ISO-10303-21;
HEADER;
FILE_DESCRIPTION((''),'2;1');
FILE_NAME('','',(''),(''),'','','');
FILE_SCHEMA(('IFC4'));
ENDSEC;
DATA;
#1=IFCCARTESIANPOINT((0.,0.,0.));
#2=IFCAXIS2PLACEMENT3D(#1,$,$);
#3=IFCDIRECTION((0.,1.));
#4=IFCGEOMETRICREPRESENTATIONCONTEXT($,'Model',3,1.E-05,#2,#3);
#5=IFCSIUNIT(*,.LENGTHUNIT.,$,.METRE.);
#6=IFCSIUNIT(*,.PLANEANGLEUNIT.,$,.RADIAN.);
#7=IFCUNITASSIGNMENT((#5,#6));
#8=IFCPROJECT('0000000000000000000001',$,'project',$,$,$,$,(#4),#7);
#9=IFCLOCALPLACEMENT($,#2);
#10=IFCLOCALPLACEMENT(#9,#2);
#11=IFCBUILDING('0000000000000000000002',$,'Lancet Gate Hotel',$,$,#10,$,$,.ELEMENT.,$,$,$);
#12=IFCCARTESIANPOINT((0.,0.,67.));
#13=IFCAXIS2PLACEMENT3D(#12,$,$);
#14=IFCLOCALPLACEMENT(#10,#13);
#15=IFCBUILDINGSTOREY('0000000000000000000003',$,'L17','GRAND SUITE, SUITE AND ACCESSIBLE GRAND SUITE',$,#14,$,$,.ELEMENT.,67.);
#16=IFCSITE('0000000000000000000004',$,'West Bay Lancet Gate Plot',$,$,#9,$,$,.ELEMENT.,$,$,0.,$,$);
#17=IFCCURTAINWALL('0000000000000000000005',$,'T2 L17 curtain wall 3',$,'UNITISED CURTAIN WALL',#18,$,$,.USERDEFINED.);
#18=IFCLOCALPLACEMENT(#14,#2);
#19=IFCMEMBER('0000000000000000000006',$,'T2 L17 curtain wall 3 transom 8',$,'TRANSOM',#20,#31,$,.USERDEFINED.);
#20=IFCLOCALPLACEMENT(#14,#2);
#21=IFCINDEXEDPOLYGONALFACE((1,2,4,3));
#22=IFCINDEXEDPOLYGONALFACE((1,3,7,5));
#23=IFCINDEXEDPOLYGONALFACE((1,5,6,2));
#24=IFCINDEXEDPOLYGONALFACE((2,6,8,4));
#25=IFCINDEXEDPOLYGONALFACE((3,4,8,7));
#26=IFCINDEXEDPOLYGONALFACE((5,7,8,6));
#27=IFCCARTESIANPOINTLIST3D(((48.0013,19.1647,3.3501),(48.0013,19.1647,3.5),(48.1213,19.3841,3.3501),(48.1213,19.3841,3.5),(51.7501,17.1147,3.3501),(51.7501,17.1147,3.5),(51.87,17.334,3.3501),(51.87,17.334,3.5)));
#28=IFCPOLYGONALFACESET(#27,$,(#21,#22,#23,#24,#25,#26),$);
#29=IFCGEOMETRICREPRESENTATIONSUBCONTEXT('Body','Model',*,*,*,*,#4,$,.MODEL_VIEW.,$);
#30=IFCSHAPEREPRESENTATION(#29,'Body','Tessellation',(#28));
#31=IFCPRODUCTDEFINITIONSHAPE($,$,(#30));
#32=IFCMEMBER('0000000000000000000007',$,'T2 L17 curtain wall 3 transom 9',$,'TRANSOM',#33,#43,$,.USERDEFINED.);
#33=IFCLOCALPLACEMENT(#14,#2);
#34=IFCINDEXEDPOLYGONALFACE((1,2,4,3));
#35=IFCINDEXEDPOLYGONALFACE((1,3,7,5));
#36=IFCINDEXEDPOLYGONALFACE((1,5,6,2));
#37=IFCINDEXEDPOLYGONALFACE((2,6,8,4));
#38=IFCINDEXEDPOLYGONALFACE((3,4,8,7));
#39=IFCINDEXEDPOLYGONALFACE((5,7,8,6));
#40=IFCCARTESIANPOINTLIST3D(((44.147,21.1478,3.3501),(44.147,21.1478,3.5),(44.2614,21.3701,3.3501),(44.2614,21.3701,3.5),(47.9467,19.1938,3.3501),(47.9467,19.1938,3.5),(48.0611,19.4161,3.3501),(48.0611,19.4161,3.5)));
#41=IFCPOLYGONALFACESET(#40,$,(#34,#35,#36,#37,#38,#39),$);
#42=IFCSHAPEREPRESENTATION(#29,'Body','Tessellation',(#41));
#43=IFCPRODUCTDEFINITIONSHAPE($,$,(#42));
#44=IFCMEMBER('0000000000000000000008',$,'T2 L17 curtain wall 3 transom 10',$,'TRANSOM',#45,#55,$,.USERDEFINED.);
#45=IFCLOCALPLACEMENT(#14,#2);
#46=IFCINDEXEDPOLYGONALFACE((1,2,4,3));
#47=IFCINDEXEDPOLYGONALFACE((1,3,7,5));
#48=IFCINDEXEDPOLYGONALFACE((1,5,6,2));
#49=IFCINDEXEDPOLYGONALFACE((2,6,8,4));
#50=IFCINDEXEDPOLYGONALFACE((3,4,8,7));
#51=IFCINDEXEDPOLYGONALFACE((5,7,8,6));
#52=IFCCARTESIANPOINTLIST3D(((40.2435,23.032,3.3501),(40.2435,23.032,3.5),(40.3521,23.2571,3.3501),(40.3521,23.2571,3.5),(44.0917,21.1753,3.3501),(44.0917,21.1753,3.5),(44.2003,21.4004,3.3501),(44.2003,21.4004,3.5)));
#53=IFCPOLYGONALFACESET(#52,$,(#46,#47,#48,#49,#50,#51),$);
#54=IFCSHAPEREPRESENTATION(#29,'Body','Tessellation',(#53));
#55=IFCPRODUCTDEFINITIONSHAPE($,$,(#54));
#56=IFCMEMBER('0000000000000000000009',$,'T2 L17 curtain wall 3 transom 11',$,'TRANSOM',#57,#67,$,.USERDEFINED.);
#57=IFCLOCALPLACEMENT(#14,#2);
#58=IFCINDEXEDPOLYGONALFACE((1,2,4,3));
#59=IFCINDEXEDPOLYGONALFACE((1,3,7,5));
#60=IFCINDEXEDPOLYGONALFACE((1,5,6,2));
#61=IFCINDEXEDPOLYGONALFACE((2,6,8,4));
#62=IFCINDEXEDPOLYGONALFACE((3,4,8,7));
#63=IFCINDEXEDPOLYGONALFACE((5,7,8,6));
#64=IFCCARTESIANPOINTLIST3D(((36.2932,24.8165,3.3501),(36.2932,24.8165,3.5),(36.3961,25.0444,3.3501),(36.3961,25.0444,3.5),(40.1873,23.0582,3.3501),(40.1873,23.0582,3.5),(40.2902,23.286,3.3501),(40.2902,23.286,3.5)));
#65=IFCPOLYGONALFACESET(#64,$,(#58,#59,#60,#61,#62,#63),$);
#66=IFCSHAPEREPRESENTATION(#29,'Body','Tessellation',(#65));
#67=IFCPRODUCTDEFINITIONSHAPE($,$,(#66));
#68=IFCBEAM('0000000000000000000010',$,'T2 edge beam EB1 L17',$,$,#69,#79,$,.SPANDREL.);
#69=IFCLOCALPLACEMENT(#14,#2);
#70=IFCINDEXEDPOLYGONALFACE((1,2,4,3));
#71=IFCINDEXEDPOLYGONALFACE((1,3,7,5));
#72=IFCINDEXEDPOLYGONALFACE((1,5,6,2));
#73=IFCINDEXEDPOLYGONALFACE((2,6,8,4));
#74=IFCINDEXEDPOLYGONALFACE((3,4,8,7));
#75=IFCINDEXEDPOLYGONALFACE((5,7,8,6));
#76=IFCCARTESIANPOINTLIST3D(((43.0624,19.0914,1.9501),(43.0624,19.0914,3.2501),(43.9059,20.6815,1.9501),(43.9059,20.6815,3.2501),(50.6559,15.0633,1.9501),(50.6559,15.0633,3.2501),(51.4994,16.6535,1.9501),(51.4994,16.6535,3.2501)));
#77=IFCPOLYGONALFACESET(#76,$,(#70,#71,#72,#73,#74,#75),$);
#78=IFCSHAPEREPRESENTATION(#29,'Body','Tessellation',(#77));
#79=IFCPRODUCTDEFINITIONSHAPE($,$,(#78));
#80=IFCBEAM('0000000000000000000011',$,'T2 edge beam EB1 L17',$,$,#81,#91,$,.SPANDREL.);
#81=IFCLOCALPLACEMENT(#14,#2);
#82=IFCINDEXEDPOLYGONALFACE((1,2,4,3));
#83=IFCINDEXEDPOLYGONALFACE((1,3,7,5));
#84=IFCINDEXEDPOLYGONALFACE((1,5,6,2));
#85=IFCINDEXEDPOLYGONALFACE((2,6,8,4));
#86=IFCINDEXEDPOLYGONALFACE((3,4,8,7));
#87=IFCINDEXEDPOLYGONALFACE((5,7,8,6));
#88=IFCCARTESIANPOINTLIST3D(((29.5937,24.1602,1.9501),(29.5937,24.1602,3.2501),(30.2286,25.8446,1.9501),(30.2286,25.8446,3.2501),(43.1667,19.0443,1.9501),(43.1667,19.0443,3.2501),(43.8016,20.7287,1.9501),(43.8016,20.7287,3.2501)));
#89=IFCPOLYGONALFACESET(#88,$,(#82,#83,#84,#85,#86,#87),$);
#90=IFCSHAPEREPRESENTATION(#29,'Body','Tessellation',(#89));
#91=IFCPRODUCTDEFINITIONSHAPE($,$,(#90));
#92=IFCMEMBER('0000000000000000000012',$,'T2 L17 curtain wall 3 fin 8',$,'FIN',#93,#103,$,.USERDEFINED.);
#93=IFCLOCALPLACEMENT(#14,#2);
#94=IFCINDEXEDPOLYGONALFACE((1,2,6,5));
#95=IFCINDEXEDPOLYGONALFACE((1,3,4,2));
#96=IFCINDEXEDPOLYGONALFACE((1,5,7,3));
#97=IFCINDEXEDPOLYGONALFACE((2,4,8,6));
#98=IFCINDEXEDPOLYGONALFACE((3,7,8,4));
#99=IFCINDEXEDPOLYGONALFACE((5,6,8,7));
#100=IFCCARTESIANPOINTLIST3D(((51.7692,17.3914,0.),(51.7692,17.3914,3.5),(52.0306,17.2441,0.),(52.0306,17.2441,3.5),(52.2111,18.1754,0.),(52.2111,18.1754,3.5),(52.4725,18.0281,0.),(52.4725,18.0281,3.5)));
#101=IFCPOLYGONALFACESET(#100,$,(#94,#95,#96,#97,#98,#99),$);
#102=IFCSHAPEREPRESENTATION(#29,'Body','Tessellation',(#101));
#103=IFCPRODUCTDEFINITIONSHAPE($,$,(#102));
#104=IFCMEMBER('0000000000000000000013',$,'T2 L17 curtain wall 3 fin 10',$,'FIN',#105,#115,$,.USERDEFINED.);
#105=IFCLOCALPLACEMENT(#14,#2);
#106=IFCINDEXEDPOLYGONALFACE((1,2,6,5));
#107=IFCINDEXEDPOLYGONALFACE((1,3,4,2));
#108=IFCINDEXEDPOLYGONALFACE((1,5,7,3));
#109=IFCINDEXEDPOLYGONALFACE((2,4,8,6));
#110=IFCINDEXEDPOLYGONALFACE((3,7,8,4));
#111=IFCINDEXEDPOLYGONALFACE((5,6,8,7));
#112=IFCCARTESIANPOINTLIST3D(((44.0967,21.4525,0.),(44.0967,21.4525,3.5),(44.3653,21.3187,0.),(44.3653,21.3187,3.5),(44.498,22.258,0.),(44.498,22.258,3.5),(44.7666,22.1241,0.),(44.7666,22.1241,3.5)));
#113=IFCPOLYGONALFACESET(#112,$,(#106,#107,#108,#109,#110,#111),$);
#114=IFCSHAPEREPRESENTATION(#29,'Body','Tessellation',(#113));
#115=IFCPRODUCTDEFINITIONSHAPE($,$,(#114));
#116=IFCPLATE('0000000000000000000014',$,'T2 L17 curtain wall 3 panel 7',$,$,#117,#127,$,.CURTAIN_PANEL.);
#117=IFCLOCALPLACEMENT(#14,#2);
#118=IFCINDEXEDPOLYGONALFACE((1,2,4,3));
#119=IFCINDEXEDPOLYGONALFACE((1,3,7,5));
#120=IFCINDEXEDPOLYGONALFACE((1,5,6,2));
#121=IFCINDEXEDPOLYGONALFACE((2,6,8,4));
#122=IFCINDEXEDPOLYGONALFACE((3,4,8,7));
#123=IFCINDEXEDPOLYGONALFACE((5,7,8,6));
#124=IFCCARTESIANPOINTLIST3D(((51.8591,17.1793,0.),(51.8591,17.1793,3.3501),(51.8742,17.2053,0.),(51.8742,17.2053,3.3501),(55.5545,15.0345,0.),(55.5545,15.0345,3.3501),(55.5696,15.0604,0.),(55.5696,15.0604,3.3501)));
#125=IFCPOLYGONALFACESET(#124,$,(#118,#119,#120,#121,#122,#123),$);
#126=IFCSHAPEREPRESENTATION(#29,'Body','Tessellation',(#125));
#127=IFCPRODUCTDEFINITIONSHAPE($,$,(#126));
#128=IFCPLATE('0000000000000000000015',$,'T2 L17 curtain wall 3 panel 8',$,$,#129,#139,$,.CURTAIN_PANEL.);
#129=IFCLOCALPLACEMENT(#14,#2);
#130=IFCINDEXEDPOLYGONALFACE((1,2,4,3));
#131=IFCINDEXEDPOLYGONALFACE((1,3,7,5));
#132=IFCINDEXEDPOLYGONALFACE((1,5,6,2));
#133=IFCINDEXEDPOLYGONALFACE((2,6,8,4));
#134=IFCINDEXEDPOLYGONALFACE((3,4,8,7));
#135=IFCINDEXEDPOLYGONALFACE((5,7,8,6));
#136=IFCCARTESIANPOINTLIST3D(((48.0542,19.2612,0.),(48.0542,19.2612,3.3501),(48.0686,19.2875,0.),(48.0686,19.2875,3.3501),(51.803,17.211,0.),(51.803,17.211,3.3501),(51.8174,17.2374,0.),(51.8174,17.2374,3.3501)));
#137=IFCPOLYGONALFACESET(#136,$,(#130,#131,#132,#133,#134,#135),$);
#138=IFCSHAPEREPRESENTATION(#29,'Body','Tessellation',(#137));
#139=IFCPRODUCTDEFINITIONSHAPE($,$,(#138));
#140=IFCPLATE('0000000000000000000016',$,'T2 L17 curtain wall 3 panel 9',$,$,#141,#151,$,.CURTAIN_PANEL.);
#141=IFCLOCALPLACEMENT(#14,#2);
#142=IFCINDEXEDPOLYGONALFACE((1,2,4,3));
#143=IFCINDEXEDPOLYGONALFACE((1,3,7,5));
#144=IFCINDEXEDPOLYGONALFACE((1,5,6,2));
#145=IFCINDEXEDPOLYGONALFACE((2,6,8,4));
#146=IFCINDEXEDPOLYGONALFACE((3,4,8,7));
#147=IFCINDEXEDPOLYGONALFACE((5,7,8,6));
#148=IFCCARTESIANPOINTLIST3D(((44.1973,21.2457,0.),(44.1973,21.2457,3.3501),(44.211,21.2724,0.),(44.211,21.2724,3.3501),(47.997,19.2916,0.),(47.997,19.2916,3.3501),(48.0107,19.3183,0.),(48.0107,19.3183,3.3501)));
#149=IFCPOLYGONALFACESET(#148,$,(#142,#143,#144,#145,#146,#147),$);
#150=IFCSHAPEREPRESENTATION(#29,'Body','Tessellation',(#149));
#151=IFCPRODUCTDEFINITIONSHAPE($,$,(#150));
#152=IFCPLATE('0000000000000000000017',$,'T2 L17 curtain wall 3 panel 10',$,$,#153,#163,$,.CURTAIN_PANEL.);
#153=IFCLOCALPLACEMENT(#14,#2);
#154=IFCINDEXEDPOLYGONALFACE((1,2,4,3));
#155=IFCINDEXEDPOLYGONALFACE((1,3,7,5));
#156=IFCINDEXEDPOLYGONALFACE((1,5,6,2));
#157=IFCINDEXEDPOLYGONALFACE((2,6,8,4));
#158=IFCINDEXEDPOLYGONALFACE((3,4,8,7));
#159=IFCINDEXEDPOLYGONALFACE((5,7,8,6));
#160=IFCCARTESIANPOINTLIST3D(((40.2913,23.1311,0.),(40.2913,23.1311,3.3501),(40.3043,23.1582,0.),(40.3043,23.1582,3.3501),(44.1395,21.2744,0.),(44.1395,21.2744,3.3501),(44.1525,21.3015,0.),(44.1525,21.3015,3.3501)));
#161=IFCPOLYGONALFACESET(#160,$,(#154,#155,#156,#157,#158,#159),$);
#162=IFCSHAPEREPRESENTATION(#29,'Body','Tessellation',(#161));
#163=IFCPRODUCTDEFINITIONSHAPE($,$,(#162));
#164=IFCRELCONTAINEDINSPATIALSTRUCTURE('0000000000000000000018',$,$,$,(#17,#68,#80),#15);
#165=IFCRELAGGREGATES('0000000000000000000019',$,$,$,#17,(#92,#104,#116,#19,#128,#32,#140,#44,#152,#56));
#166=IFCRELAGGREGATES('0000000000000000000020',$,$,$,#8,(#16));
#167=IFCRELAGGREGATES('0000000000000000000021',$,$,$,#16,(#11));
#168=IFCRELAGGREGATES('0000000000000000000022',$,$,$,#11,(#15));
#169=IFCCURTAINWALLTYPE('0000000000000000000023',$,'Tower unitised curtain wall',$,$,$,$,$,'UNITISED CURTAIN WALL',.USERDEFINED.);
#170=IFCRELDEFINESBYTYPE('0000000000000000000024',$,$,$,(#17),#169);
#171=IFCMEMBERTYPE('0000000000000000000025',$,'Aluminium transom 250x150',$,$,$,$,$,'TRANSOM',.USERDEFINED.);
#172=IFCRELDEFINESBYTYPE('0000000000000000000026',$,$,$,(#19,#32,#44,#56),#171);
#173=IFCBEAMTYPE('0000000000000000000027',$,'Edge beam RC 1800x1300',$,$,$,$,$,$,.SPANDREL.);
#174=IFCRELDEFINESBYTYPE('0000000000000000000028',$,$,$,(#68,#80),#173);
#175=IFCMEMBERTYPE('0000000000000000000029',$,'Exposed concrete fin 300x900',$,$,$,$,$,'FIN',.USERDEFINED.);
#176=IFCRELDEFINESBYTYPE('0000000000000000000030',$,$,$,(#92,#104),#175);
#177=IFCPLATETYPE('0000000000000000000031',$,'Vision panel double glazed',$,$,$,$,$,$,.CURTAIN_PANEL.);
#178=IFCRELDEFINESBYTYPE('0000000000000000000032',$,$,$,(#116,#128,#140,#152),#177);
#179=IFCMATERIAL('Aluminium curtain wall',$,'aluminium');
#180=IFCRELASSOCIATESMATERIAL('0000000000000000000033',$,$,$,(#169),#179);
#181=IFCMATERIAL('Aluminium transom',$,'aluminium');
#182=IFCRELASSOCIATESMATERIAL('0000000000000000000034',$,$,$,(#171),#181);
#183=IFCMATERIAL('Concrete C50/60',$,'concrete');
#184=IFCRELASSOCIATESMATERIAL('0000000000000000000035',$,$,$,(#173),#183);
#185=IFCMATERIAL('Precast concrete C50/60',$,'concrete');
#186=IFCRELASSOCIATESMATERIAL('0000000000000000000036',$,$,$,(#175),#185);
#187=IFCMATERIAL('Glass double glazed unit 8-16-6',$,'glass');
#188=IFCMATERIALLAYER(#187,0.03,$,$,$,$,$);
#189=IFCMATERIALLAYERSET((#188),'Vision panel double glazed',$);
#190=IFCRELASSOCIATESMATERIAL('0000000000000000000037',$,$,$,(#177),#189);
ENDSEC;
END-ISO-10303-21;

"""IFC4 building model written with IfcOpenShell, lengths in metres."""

from ifc_helpers import new_model, si_unit, direction, frame, origin, origin_2d, place, context, subcontext, project, spatial, rectangle, extrude, material, layer, layer_set, material_profile, profile_set, type_object, element, aggregate, save


model = new_model("IFC4")

# Units and contexts
model_context = context("Model", 3, precision=1e-05, world=origin(), true_north=direction((0.0, 1.0)))
body_context = subcontext(model_context, "Body", "Model", "MODEL_VIEW")
ifc_project = project(units=[si_unit("LENGTHUNIT", "METRE"), si_unit("PLANEANGLEUNIT", "RADIAN")], contexts=[model_context])

# Site, building, storey
site_placement = place(None, origin())
site = spatial("IfcSite", under=ifc_project, at=site_placement, Name="West Bay Lancet Gate Plot", CompositionType="ELEMENT", RefElevation=0.0)
building_placement = place(site_placement, origin())
building = spatial("IfcBuilding", under=site, at=building_placement, Name="Lancet Gate Hotel", CompositionType="ELEMENT")
storey_placement = place(building_placement, frame((0.0, 0.0, 67.0)))
storey = spatial("IfcBuildingStorey", under=building, at=storey_placement, Name="L17", Description="GRAND SUITE, SUITE AND ACCESSIBLE GRAND SUITE", CompositionType="ELEMENT", Elevation=67.0)

# Curtain wall, members
ifc_material_1 = material(Name="Aluminium curtain wall", Category="aluminium")
curtain_wall_type = type_object("IfcCurtainWallType", Name="Tower unitised curtain wall", ElementType="UNITISED CURTAIN WALL", PredefinedType="USERDEFINED", material=ifc_material_1)
curtain_wall_placement = place(storey_placement, origin())
curtain_wall = element("IfcCurtainWall", 1, at=curtain_wall_placement, inside=storey, type_object=curtain_wall_type, Name="T2 L17 curtain wall 3", ObjectType="UNITISED CURTAIN WALL", PredefinedType="USERDEFINED")
ifc_material_2 = material(Name="Aluminium transom", Category="aluminium")
ifc_material_profile_1 = material_profile(ifc_material_2, rectangle(XDim=0.25, YDim=0.1499, at=origin_2d()), Name="TRANSOM 250x150")
ifc_profile_set_1 = profile_set([ifc_material_profile_1], Name="Aluminium transom")
member_type_1 = type_object("IfcMemberType", Name="Aluminium transom 250x150", ElementType="TRANSOM", PredefinedType="USERDEFINED", material=ifc_profile_set_1)
member_1_placement = place(storey_placement, frame((51.8101, 17.2244, 3.425), z_axis=(-0.877378, 0.479801, 0.0), x_axis=(-0.479801, -0.877378, 0.0)))
member_1 = element("IfcMember", 2, at=member_1_placement, type_object=member_type_1, Name="T2 L17 curtain wall 3 transom 8", ObjectType="TRANSOM", PredefinedType="USERDEFINED", context=body_context, shape_type="SweptSolid", body=[
    extrude(rectangle(XDim=0.25, YDim=0.1499, at=origin_2d()), origin(), (0.0, 0.0, 1.0), 4.2727),
])
member_2_placement = place(storey_placement, frame((48.0039, 19.3049, 3.425), z_axis=(-0.889296, 0.457333, 0.0), x_axis=(-0.457333, -0.889296, 0.0)))
member_2 = element("IfcMember", 3, at=member_2_placement, type_object=member_type_1, Name="T2 L17 curtain wall 3 transom 9", ObjectType="TRANSOM", PredefinedType="USERDEFINED", context=body_context, shape_type="SweptSolid", body=[
    extrude(rectangle(XDim=0.25, YDim=0.1499, at=origin_2d()), origin(), (0.0, 0.0, 1.0), 4.2727),
])
member_3_placement = place(storey_placement, frame((44.146, 21.2878, 3.425), z_axis=(-0.900646, 0.434553, 0.0), x_axis=(-0.434553, -0.900646, 0.0)))
member_3 = element("IfcMember", 4, at=member_3_placement, type_object=member_type_1, Name="T2 L17 curtain wall 3 transom 10", ObjectType="TRANSOM", PredefinedType="USERDEFINED", context=body_context, shape_type="SweptSolid", body=[
    extrude(rectangle(XDim=0.25, YDim=0.1499, at=origin_2d()), origin(), (0.0, 0.0, 1.0), 4.2727),
])
member_4_placement = place(storey_placement, frame((40.2388, 23.1721, 3.425), z_axis=(-0.911397, 0.411529, 0.0), x_axis=(-0.411529, -0.911397, 0.0)))
member_4 = element("IfcMember", 5, at=member_4_placement, type_object=member_type_1, Name="T2 L17 curtain wall 3 transom 11", ObjectType="TRANSOM", PredefinedType="USERDEFINED", context=body_context, shape_type="SweptSolid", body=[
    extrude(rectangle(XDim=0.25, YDim=0.1499, at=origin_2d()), origin(), (0.0, 0.0, 1.0), 4.2727),
])

# Beams
ifc_material_3 = material(Name="Concrete C50/60", Category="concrete")
ifc_material_profile_2 = material_profile(ifc_material_3, rectangle(XDim=1.8, YDim=1.3, at=origin_2d()), Name="RC 1800x1300")
ifc_profile_set_2 = profile_set([ifc_material_profile_2], Name="Concrete C50/60")
beam_type = type_object("IfcBeamType", Name="Edge beam RC 1800x1300", PredefinedType="SPANDREL", material=ifc_profile_set_2)
beam_1_placement = place(storey_placement, frame((51.0776, 15.8584, 2.6001), z_axis=(-0.883403, 0.468613, 0.0), x_axis=(-0.468613, -0.883403, 0.0)))
element("IfcBeam", 6, at=beam_1_placement, inside=storey, type_object=beam_type, Name="T2 edge beam EB1 L17", PredefinedType="SPANDREL", context=body_context, shape_type="SweptSolid", body=[
    extrude(rectangle(XDim=1.8, YDim=1.3, at=origin_2d()), origin(), (0.0, 0.0, 1.0), 8.5957),
])
beam_2_placement = place(storey_placement, frame((43.4841, 19.8865, 2.6001), z_axis=(-0.935736, 0.3527, 0.0), x_axis=(-0.3527, -0.935736, 0.0)))
element("IfcBeam", 7, at=beam_2_placement, inside=storey, type_object=beam_type, Name="T2 edge beam EB1 L17", PredefinedType="SPANDREL", context=body_context, shape_type="SweptSolid", body=[
    extrude(rectangle(XDim=1.8, YDim=1.3, at=origin_2d()), origin(), (0.0, 0.0, 1.0), 14.5051),
])

# Members
ifc_material_4 = material(Name="Precast concrete C50/60", Category="concrete")
ifc_material_profile_3 = material_profile(ifc_material_4, rectangle(XDim=0.3, YDim=0.8999, at=origin_2d()), Name="FIN 300x900")
ifc_profile_set_3 = profile_set([ifc_material_profile_3], Name="Precast concrete C50/60")
member_type_2 = type_object("IfcMemberType", Name="Exposed concrete fin 300x900", ElementType="FIN", PredefinedType="USERDEFINED", material=ifc_profile_set_3)
member_5_placement = place(storey_placement, frame((52.1208, 17.7097, 0.0), z_axis=(0.0, 0.0, 1.0), x_axis=(-0.87119, 0.490945, 0.0)))
member_5 = element("IfcMember", 8, at=member_5_placement, type_object=member_type_2, Name="T2 L17 curtain wall 3 fin 8", ObjectType="FIN", PredefinedType="USERDEFINED", context=body_context, shape_type="SweptSolid", body=[
    extrude(rectangle(XDim=0.3, YDim=0.8999, at=origin_2d()), origin(), (0.0, 0.0, 1.0), 3.5),
])
member_6_placement = place(storey_placement, frame((44.4316, 21.7883, 0.0), z_axis=(0.0, 0.0, 1.0), x_axis=(-0.895044, 0.445978, 0.0)))
member_6 = element("IfcMember", 9, at=member_6_placement, type_object=member_type_2, Name="T2 L17 curtain wall 3 fin 10", ObjectType="FIN", PredefinedType="USERDEFINED", context=body_context, shape_type="SweptSolid", body=[
    extrude(rectangle(XDim=0.3, YDim=0.8999, at=origin_2d()), origin(), (0.0, 0.0, 1.0), 3.5),
])

# Plates
ifc_material_5 = material(Name="Glass double glazed unit 8-16-6", Category="glass")
ifc_layer = layer(ifc_material_5, 0.03)
ifc_layer_set = layer_set([ifc_layer], Name="Vision panel double glazed")
plate_type = type_object("IfcPlateType", Name="Vision panel double glazed", PredefinedType="CURTAIN_PANEL", material=ifc_layer_set)
plate_1_placement = place(storey_placement, frame((53.7144, 16.1199, 0.0), z_axis=(0.0, 0.0, 1.0), x_axis=(-0.864872, 0.501993, 0.0)))
plate_1 = element("IfcPlate", 10, at=plate_1_placement, type_object=plate_type, Name="T2 L17 curtain wall 3 panel 7", PredefinedType="CURTAIN_PANEL", context=body_context, shape_type="SweptSolid", body=[
    extrude(rectangle(XDim=4.2727, YDim=0.03, at=origin_2d()), origin(), (0.0, 0.0, 1.0), 3.3501),
])
plate_2_placement = place(storey_placement, frame((49.9358, 18.2493, 0.0), z_axis=(0.0, 0.0, 1.0), x_axis=(-0.877368, 0.479818, 0.0)))
plate_2 = element("IfcPlate", 11, at=plate_2_placement, type_object=plate_type, Name="T2 L17 curtain wall 3 panel 8", PredefinedType="CURTAIN_PANEL", context=body_context, shape_type="SweptSolid", body=[
    extrude(rectangle(XDim=4.2727, YDim=0.03, at=origin_2d()), origin(), (0.0, 0.0, 1.0), 3.3501),
])
plate_3_placement = place(storey_placement, frame((46.104, 20.282, 0.0), z_axis=(0.0, 0.0, 1.0), x_axis=(-0.889296, 0.457332, 0.0)))
plate_3 = element("IfcPlate", 12, at=plate_3_placement, type_object=plate_type, Name="T2 L17 curtain wall 3 panel 9", PredefinedType="CURTAIN_PANEL", context=body_context, shape_type="SweptSolid", body=[
    extrude(rectangle(XDim=4.2727, YDim=0.03, at=origin_2d()), origin(), (0.0, 0.0, 1.0), 3.3501),
])
plate_4_placement = place(storey_placement, frame((42.2219, 22.2163, 0.0), z_axis=(0.0, 0.0, 1.0), x_axis=(-0.900647, 0.43455, 0.0)))
plate_4 = element("IfcPlate", 13, at=plate_4_placement, type_object=plate_type, Name="T2 L17 curtain wall 3 panel 10", PredefinedType="CURTAIN_PANEL", context=body_context, shape_type="SweptSolid", body=[
    extrude(rectangle(XDim=4.2727, YDim=0.03, at=origin_2d()), origin(), (0.0, 0.0, 1.0), 3.3501),
])
aggregate(curtain_wall, [member_5, member_6, plate_1, member_1, plate_2, member_2, plate_3, member_3, plate_4, member_4])

save(model, "model.ifc")
